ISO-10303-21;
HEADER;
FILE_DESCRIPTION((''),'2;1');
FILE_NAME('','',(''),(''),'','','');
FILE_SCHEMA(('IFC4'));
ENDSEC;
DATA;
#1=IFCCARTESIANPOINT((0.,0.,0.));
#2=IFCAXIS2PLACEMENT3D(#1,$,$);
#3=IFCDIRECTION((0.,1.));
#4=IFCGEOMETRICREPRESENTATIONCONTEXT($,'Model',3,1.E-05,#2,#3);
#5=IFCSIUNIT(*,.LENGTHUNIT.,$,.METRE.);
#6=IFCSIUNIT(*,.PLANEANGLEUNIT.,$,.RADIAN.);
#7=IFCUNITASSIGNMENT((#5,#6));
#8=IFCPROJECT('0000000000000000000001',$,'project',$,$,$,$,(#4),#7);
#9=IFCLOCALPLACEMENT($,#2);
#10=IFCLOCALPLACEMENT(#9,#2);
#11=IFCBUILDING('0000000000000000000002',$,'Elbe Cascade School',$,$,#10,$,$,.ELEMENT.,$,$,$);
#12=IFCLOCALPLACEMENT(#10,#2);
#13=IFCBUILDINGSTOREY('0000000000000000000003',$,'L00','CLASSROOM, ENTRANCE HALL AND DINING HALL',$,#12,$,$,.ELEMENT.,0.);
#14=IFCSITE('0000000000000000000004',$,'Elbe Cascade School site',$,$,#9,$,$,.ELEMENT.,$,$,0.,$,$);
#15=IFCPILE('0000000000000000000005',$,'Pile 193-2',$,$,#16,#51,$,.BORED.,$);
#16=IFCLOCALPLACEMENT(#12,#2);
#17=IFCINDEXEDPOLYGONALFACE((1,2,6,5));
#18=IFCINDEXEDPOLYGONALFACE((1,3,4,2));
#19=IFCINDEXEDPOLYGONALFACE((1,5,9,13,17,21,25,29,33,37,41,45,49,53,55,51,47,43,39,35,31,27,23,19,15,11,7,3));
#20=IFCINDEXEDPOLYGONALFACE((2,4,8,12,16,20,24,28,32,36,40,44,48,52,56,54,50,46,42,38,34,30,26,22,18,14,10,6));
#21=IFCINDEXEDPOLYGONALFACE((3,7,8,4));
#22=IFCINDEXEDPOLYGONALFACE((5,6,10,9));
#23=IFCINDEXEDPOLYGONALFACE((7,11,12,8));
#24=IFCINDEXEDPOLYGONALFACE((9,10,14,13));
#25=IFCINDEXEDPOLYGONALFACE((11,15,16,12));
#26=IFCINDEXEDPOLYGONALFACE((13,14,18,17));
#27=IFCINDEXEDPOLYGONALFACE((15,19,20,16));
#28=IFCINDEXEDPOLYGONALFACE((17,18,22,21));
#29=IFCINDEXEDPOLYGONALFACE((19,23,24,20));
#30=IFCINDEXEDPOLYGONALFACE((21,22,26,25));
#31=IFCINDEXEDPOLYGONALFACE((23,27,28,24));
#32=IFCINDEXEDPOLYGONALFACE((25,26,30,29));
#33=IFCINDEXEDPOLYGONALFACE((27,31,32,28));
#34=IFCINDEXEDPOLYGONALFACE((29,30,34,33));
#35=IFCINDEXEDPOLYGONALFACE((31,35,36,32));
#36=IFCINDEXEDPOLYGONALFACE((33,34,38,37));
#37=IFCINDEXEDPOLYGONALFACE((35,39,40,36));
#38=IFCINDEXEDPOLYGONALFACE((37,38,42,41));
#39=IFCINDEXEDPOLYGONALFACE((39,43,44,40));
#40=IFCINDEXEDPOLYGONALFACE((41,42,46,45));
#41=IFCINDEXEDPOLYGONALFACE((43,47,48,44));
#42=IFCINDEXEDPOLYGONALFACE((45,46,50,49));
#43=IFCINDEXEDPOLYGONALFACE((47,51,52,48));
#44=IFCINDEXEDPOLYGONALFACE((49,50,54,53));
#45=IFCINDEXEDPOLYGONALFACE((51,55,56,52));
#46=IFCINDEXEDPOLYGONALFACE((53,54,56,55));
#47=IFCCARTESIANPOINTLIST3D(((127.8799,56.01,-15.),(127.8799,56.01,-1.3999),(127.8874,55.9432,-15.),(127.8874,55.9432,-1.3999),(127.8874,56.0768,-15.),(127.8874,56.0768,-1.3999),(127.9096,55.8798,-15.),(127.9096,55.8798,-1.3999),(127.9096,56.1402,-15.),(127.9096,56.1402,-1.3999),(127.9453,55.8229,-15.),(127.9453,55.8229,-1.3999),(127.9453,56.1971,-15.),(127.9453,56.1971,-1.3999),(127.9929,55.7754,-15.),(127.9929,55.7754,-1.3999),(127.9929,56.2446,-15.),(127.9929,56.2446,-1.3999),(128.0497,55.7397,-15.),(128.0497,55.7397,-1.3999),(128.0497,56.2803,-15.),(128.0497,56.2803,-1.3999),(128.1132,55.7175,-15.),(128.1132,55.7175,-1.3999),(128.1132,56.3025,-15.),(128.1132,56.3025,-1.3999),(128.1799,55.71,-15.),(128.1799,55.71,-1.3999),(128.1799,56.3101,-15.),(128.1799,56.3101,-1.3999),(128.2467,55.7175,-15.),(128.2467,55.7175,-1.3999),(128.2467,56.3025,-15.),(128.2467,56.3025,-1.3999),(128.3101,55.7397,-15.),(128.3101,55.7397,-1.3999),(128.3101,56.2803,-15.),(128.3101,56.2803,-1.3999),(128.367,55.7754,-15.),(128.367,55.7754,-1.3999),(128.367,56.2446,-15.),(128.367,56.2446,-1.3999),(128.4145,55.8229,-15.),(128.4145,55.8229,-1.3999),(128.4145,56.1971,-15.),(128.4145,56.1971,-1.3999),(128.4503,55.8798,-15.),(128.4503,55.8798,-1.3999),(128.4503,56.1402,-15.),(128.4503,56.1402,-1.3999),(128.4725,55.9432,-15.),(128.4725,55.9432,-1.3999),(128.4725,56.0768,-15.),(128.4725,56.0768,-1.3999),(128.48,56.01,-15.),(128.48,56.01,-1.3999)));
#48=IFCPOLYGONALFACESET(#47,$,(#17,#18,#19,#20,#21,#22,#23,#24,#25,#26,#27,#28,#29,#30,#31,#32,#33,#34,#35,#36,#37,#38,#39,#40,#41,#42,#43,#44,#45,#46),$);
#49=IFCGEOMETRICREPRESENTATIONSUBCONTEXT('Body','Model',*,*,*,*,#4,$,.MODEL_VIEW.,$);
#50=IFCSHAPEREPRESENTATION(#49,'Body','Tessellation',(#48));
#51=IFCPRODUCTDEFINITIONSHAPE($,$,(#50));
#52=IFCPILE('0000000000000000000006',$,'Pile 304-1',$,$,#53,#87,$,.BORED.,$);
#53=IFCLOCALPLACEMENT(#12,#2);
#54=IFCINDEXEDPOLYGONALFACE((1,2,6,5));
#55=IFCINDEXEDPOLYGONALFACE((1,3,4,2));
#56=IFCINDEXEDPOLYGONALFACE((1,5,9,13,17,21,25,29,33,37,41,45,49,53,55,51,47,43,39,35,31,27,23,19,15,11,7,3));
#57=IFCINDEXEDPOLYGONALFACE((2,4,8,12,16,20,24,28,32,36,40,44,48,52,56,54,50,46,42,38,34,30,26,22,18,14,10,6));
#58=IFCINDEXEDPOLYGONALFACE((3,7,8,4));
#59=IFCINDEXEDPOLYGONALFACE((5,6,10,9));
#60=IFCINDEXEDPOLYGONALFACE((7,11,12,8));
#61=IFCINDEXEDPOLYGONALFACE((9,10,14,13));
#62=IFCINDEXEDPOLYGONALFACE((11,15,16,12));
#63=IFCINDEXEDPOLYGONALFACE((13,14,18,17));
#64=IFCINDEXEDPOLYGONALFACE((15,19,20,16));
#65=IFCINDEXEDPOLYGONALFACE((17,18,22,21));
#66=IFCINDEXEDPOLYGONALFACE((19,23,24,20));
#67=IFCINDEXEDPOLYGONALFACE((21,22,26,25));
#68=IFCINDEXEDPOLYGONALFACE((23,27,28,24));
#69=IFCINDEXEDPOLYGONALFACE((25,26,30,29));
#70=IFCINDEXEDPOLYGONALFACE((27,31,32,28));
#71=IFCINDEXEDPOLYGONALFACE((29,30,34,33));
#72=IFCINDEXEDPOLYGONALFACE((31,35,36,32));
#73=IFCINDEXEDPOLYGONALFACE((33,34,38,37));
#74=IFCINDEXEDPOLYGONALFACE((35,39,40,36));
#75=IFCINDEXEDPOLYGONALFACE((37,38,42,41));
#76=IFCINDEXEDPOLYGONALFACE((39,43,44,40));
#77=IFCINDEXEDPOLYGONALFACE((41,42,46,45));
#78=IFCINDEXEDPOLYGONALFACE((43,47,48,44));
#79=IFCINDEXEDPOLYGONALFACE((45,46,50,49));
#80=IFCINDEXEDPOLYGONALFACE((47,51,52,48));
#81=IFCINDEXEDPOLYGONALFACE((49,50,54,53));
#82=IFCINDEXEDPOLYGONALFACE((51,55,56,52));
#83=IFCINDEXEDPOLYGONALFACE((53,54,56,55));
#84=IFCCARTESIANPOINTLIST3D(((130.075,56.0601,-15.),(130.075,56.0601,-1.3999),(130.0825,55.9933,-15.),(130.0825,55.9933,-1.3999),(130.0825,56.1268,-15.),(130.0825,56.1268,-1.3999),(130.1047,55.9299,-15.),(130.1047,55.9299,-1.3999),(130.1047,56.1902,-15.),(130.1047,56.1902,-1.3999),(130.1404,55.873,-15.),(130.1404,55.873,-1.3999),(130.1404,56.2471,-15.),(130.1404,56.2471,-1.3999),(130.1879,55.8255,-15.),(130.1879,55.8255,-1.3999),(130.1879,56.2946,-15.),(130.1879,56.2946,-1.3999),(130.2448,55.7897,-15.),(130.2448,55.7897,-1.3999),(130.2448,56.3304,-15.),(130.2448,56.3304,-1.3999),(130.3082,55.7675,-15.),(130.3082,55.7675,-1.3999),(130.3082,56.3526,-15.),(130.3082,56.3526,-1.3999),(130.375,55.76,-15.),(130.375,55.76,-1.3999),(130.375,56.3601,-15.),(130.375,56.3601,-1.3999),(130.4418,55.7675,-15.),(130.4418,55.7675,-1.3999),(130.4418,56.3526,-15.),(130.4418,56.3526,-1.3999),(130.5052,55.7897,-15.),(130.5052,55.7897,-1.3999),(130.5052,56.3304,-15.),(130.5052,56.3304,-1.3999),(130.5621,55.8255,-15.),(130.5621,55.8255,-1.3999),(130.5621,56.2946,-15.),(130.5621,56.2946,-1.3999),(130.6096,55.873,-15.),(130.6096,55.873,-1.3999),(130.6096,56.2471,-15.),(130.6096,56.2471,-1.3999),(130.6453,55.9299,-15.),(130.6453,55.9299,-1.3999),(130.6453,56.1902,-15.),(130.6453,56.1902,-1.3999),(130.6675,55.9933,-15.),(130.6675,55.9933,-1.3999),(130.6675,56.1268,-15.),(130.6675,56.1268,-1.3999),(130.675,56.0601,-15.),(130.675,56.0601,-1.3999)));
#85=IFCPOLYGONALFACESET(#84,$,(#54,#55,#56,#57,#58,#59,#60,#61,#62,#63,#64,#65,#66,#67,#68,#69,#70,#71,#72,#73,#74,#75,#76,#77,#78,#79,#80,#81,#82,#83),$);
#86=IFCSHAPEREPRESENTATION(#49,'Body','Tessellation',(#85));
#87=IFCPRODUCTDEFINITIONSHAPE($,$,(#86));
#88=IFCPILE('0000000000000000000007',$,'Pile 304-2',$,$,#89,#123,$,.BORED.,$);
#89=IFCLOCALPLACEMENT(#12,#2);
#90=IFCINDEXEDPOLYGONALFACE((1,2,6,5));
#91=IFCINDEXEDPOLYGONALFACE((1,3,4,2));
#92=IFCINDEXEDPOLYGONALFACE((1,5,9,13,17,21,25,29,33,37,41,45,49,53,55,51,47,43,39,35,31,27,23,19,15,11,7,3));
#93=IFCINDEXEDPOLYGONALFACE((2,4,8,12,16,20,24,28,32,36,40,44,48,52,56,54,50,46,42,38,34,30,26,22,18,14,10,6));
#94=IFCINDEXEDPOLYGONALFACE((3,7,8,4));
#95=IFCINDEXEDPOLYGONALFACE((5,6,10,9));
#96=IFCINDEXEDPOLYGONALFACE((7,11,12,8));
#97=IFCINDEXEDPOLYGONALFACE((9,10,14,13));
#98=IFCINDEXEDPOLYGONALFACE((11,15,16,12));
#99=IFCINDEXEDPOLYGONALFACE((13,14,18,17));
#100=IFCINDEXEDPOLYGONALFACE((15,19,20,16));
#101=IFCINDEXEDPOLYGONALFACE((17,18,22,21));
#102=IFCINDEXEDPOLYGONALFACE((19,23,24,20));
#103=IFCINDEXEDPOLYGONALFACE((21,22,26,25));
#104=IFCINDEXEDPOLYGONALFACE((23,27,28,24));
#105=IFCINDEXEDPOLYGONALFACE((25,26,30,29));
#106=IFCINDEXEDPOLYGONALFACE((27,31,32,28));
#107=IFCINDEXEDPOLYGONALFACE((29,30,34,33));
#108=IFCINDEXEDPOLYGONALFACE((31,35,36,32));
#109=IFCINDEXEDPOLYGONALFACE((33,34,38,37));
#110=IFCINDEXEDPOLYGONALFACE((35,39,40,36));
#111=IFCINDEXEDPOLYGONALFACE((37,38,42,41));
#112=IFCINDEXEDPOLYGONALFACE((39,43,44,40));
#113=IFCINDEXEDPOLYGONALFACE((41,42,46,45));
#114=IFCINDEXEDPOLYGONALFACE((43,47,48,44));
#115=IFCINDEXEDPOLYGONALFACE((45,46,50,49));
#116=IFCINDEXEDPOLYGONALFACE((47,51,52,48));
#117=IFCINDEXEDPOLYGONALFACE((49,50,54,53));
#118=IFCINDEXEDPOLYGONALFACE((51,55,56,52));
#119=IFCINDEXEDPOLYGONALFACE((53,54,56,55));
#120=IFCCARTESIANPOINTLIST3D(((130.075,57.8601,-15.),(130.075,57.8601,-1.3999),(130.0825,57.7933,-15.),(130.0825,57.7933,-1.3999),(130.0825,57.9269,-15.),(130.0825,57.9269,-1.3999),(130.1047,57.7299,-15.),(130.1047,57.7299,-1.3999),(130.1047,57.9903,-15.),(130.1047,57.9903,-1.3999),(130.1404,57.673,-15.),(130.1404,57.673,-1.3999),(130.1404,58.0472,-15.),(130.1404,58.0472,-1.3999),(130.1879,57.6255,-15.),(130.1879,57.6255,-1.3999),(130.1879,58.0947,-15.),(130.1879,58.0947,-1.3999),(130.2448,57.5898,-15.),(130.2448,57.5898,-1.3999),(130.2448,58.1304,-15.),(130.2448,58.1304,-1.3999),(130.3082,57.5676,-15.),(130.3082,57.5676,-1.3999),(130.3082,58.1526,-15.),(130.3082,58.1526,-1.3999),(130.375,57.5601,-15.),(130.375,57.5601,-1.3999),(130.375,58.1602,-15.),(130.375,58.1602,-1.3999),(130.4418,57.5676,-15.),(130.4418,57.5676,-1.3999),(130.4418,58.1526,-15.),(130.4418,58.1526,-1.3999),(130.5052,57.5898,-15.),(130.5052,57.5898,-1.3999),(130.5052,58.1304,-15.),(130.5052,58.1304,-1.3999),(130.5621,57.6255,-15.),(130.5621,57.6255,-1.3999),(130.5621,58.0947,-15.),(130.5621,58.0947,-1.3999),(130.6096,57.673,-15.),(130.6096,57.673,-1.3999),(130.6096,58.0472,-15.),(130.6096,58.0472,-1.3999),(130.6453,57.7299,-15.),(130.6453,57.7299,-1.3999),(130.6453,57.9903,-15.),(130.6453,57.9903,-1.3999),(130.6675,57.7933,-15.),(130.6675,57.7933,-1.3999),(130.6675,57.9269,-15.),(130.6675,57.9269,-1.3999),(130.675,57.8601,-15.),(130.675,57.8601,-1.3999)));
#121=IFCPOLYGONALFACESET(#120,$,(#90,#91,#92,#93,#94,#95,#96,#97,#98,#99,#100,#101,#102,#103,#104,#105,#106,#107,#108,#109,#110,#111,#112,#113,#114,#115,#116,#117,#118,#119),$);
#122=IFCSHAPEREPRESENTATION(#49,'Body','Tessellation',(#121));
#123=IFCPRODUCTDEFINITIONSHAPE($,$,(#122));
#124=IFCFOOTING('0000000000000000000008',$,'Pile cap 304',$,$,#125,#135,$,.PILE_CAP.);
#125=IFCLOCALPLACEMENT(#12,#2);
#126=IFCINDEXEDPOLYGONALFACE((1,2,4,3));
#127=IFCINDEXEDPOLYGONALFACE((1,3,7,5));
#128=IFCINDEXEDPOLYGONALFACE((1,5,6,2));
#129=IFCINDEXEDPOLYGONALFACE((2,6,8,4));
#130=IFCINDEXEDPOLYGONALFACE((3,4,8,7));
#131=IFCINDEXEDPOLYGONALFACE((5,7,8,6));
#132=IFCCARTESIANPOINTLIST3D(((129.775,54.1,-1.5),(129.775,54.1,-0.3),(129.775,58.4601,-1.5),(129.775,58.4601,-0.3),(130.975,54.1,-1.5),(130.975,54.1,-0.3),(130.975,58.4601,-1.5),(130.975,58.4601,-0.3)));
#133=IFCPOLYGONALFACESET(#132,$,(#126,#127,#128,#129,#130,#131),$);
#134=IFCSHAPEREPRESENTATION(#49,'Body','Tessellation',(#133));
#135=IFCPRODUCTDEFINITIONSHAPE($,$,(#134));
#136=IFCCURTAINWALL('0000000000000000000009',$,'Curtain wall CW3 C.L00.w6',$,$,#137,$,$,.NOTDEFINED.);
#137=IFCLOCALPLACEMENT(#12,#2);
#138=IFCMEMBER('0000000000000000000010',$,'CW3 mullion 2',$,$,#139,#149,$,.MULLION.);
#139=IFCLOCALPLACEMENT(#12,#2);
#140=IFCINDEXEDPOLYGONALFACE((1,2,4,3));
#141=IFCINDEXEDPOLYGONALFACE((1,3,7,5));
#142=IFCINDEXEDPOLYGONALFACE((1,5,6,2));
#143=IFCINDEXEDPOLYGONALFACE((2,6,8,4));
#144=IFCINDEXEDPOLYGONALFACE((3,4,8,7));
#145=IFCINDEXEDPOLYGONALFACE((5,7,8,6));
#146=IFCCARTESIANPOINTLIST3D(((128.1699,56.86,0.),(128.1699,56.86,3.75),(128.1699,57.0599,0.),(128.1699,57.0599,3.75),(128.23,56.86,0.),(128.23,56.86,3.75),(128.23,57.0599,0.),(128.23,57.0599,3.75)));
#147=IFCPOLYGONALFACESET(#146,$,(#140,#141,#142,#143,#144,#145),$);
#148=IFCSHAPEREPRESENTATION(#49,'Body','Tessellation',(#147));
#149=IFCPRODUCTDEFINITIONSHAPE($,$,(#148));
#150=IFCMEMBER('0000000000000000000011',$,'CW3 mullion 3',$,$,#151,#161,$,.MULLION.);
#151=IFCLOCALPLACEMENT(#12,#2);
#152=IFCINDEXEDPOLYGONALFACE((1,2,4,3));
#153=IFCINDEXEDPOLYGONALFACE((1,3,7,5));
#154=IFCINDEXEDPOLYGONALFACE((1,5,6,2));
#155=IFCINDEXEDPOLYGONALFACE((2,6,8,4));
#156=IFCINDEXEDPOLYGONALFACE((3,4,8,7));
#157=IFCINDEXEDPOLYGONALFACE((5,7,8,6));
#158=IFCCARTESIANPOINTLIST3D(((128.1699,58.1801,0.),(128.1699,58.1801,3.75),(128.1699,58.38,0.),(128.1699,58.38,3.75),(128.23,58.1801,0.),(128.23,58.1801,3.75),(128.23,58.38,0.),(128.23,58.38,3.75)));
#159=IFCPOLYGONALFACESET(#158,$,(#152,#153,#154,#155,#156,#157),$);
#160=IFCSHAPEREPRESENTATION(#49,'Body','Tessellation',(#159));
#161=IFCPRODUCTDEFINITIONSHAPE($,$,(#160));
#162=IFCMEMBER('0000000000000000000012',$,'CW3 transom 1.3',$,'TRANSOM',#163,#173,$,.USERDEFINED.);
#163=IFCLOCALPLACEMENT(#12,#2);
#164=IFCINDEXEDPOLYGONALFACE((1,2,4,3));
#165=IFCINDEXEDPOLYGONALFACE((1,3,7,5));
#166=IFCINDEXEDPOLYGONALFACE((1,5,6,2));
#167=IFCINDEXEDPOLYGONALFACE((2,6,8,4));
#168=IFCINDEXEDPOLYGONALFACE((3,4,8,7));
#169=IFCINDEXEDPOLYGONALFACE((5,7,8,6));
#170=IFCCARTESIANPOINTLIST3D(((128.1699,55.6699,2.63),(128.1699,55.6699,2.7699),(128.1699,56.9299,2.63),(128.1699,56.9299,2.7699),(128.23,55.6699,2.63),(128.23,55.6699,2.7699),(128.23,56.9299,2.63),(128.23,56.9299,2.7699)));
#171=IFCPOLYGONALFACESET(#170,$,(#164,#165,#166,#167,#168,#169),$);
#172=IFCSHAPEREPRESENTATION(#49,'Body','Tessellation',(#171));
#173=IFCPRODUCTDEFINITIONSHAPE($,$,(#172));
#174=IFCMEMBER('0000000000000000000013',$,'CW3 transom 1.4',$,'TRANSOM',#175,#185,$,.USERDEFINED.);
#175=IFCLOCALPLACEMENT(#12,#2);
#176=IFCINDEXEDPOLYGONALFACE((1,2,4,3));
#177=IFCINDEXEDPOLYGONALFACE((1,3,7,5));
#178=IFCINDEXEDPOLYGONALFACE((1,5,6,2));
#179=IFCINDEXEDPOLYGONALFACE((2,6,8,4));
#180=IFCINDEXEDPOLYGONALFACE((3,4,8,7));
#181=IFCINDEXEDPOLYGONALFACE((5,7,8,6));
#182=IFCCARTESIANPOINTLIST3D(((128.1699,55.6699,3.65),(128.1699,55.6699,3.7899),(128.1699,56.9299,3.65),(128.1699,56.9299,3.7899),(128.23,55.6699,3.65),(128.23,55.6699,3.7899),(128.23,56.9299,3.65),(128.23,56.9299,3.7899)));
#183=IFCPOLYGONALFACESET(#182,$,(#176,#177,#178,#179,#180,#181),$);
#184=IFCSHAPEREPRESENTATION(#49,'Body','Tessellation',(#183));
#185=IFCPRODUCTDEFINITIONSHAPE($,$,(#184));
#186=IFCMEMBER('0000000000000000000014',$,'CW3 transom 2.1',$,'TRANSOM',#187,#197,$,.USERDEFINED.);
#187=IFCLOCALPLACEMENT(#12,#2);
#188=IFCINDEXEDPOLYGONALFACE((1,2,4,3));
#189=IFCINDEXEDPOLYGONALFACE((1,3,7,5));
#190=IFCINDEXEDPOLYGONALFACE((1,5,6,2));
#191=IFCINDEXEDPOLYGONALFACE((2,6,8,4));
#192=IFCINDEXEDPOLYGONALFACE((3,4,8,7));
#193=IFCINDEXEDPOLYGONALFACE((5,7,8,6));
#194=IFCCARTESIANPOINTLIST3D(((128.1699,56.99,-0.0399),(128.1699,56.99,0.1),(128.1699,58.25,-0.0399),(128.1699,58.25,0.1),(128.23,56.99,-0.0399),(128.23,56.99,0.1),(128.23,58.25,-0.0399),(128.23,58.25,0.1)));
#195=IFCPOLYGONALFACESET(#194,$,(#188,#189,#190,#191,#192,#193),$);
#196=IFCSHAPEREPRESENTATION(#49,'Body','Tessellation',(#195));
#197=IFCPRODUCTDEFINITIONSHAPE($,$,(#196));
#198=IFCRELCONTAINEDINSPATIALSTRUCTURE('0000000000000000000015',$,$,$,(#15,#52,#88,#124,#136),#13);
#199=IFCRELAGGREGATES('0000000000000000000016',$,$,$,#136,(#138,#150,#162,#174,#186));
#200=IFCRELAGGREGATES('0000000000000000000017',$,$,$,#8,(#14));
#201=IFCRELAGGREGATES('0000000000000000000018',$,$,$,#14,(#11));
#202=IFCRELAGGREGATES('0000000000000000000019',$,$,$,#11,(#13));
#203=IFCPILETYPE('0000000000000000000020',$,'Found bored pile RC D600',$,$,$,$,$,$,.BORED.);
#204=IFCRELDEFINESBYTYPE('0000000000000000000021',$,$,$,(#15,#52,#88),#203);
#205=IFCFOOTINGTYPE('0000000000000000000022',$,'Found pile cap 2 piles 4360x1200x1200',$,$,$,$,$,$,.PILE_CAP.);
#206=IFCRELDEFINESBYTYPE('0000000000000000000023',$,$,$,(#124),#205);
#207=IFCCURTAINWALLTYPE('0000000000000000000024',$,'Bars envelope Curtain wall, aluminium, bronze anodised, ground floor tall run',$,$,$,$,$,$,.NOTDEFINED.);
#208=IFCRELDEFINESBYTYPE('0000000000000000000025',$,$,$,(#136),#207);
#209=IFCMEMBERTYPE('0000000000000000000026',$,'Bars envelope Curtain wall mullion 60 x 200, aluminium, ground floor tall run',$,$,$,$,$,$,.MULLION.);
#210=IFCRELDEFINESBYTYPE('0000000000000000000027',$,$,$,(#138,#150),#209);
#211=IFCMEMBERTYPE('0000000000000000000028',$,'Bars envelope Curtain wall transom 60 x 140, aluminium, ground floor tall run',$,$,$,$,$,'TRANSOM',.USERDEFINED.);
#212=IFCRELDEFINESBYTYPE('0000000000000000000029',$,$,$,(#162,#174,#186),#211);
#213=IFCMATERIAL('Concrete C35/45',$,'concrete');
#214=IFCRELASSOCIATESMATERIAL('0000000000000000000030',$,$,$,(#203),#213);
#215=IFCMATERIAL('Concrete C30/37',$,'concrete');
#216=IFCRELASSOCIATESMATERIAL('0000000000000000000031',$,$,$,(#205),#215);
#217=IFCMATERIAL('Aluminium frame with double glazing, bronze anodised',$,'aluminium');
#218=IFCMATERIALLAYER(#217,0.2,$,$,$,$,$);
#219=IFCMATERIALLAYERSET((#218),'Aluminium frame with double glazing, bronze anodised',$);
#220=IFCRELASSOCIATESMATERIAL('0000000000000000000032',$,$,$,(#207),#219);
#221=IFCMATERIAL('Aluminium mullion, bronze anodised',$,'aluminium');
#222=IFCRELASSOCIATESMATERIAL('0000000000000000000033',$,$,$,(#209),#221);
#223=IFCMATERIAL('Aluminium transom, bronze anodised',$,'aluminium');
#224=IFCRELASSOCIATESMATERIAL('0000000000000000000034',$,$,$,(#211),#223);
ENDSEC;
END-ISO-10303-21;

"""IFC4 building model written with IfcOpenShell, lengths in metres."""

from ifc_helpers import new_model, si_unit, direction, frame, origin, origin_2d, place, context, subcontext, project, spatial, rectangle, circle, extrude, material, layer, layer_set, material_profile, profile_set, type_object, element, aggregate, save


model = new_model("IFC4")

# Units and contexts
model_context = context("Model", 3, precision=1e-05, world=origin(), true_north=direction((0.0, 1.0)))
body_context = subcontext(model_context, "Body", "Model", "MODEL_VIEW")
ifc_project = project(units=[si_unit("LENGTHUNIT", "METRE"), si_unit("PLANEANGLEUNIT", "RADIAN")], contexts=[model_context])

# Site, building, storey
site_placement = place(None, origin())
site = spatial("IfcSite", under=ifc_project, at=site_placement, Name="Elbe Cascade School site", CompositionType="ELEMENT", RefElevation=0.0)
building_placement = place(site_placement, origin())
building = spatial("IfcBuilding", under=site, at=building_placement, Name="Elbe Cascade School", CompositionType="ELEMENT")
storey_placement = place(building_placement, origin())
storey = spatial("IfcBuildingStorey", under=building, at=storey_placement, Name="L00", Description="CLASSROOM, ENTRANCE HALL AND DINING HALL", CompositionType="ELEMENT", Elevation=0.0)

# Piles
ifc_material_1 = material(Name="Concrete C35/45", Category="concrete")
ifc_material_profile_1 = material_profile(ifc_material_1, circle(Radius=0.3, at=origin_2d()), Name="RC D600")
ifc_profile_set_1 = profile_set([ifc_material_profile_1], Name="Concrete C35/45")
pile_type = type_object("IfcPileType", Name="Found bored pile RC D600", PredefinedType="BORED", material=ifc_profile_set_1)
for number, where, z_axis, x_axis, name in (
    (1, (128.1799, 56.01, -1.3999), (0.0, 0.0, -1.0), (1.0, 0.0, 0.0), "Pile 193-2"),
    (2, (130.375, 56.0601, -1.3999), (0.0, 0.0, -1.0), (1.0, 0.0, 0.0), "Pile 304-1"),
    (3, (130.375, 57.8601, -1.3999), (0.0, 0.0, -1.0), (1.0, 0.0, 0.0), "Pile 304-2"),
):
    element("IfcPile", number, at=place(storey_placement, frame(where, z_axis=z_axis, x_axis=x_axis)), inside=storey, type_object=pile_type, Name=name, PredefinedType="BORED", context=body_context, shape_type="SweptSolid", body=[
        extrude(circle(Radius=0.3, at=origin_2d()), origin(), (0.0, 0.0, 1.0), 13.6001),
    ])

# Footing
ifc_material_2 = material(Name="Concrete C30/37", Category="concrete")
footing_type = type_object("IfcFootingType", Name="Found pile cap 2 piles 4360x1200x1200", PredefinedType="PILE_CAP", material=ifc_material_2)
footing_placement = place(storey_placement, frame((130.375, 56.28, -1.5), z_axis=(0.0, 0.0, 1.0), x_axis=(1.0, 0.0, 0.0)))
element("IfcFooting", 4, at=footing_placement, inside=storey, type_object=footing_type, Name="Pile cap 304", PredefinedType="PILE_CAP", context=body_context, shape_type="SweptSolid", body=[
    extrude(rectangle(XDim=1.2, YDim=4.3601, at=origin_2d()), origin(), (0.0, 0.0, 1.0), 1.2),
])

# Curtain wall, members
ifc_material_3 = material(Name="Aluminium frame with double glazing, bronze anodised", Category="aluminium")
ifc_layer_1 = layer(ifc_material_3, 0.2)
ifc_layer_set_1 = layer_set([ifc_layer_1], Name="Aluminium frame with double glazing, bronze anodised")
curtain_wall_type = type_object("IfcCurtainWallType", Name="Bars envelope Curtain wall, aluminium, bronze anodised, ground floor tall run", PredefinedType="NOTDEFINED", material=ifc_layer_set_1)
curtain_wall_placement = place(storey_placement, origin())
curtain_wall = element("IfcCurtainWall", 5, at=curtain_wall_placement, inside=storey, type_object=curtain_wall_type, Name="Curtain wall CW3 C.L00.w6", PredefinedType="NOTDEFINED")
ifc_material_4 = material(Name="Aluminium mullion, bronze anodised", Category="aluminium")
ifc_material_profile_2 = material_profile(ifc_material_4, rectangle(XDim=0.0601, YDim=0.2, at=origin_2d()), Name="Bars envelope Curtain wall mullion 60 x 200, aluminium, ground floor tall run")
ifc_profile_set_2 = profile_set([ifc_material_profile_2], Name="Aluminium mullion, bronze anodised")
member_type_1 = type_object("IfcMemberType", Name="Bars envelope Curtain wall mullion 60 x 200, aluminium, ground floor tall run", PredefinedType="MULLION", material=ifc_profile_set_2)
member_1_placement = place(storey_placement, frame((128.2, 56.96, 0.0), z_axis=(0.0, 0.0, 1.0), x_axis=(-1.0, 0.0, 0.0)))
member_1 = element("IfcMember", 6, at=member_1_placement, type_object=member_type_1, Name="CW3 mullion 2", PredefinedType="MULLION", context=body_context, shape_type="SweptSolid", body=[
    extrude(rectangle(XDim=0.0601, YDim=0.2, at=origin_2d()), origin(), (0.0, 0.0, 1.0), 3.75),
])
member_2_placement = place(storey_placement, frame((128.2, 58.28, 0.0), z_axis=(0.0, 0.0, 1.0), x_axis=(-1.0, 0.0, 0.0)))
member_2 = element("IfcMember", 7, at=member_2_placement, type_object=member_type_1, Name="CW3 mullion 3", PredefinedType="MULLION", context=body_context, shape_type="SweptSolid", body=[
    extrude(rectangle(XDim=0.0601, YDim=0.2, at=origin_2d()), origin(), (0.0, 0.0, 1.0), 3.75),
])
ifc_material_5 = material(Name="Aluminium transom, bronze anodised", Category="aluminium")
ifc_material_profile_3 = material_profile(ifc_material_5, rectangle(XDim=0.0601, YDim=0.1399, at=origin_2d()), Name="Bars envelope Curtain wall transom 60 x 140, aluminium, ground floor tall run")
ifc_profile_set_3 = profile_set([ifc_material_profile_3], Name="Aluminium transom, bronze anodised")
member_type_2 = type_object("IfcMemberType", Name="Bars envelope Curtain wall transom 60 x 140, aluminium, ground floor tall run", ElementType="TRANSOM", PredefinedType="USERDEFINED", material=ifc_profile_set_3)
member_3_placement = place(storey_placement, frame((128.2, 55.6699, 2.7), z_axis=(0.0, 1.0, 0.0), x_axis=(-1.0, 0.0, 0.0)))
member_3 = element("IfcMember", 8, at=member_3_placement, type_object=member_type_2, Name="CW3 transom 1.3", ObjectType="TRANSOM", PredefinedType="USERDEFINED", context=body_context, shape_type="SweptSolid", body=[
    extrude(rectangle(XDim=0.0601, YDim=0.1399, at=origin_2d()), origin(), (0.0, 0.0, 1.0), 1.26),
])
member_4_placement = place(storey_placement, frame((128.2, 55.6699, 3.72), z_axis=(0.0, 1.0, 0.0), x_axis=(-1.0, 0.0, 0.0)))
member_4 = element("IfcMember", 9, at=member_4_placement, type_object=member_type_2, Name="CW3 transom 1.4", ObjectType="TRANSOM", PredefinedType="USERDEFINED", context=body_context, shape_type="SweptSolid", body=[
    extrude(rectangle(XDim=0.0601, YDim=0.1399, at=origin_2d()), origin(), (0.0, 0.0, 1.0), 1.26),
])
member_5_placement = place(storey_placement, frame((128.2, 56.99, 0.03), z_axis=(0.0, 1.0, 0.0), x_axis=(-1.0, 0.0, 0.0)))
member_5 = element("IfcMember", 10, at=member_5_placement, type_object=member_type_2, Name="CW3 transom 2.1", ObjectType="TRANSOM", PredefinedType="USERDEFINED", context=body_context, shape_type="SweptSolid", body=[
    extrude(rectangle(XDim=0.0601, YDim=0.1399, at=origin_2d()), origin(), (0.0, 0.0, 1.0), 1.26),
])

aggregate(curtain_wall, [member_1, member_2, member_3, member_4, member_5])

save(model, "model.ifc")
